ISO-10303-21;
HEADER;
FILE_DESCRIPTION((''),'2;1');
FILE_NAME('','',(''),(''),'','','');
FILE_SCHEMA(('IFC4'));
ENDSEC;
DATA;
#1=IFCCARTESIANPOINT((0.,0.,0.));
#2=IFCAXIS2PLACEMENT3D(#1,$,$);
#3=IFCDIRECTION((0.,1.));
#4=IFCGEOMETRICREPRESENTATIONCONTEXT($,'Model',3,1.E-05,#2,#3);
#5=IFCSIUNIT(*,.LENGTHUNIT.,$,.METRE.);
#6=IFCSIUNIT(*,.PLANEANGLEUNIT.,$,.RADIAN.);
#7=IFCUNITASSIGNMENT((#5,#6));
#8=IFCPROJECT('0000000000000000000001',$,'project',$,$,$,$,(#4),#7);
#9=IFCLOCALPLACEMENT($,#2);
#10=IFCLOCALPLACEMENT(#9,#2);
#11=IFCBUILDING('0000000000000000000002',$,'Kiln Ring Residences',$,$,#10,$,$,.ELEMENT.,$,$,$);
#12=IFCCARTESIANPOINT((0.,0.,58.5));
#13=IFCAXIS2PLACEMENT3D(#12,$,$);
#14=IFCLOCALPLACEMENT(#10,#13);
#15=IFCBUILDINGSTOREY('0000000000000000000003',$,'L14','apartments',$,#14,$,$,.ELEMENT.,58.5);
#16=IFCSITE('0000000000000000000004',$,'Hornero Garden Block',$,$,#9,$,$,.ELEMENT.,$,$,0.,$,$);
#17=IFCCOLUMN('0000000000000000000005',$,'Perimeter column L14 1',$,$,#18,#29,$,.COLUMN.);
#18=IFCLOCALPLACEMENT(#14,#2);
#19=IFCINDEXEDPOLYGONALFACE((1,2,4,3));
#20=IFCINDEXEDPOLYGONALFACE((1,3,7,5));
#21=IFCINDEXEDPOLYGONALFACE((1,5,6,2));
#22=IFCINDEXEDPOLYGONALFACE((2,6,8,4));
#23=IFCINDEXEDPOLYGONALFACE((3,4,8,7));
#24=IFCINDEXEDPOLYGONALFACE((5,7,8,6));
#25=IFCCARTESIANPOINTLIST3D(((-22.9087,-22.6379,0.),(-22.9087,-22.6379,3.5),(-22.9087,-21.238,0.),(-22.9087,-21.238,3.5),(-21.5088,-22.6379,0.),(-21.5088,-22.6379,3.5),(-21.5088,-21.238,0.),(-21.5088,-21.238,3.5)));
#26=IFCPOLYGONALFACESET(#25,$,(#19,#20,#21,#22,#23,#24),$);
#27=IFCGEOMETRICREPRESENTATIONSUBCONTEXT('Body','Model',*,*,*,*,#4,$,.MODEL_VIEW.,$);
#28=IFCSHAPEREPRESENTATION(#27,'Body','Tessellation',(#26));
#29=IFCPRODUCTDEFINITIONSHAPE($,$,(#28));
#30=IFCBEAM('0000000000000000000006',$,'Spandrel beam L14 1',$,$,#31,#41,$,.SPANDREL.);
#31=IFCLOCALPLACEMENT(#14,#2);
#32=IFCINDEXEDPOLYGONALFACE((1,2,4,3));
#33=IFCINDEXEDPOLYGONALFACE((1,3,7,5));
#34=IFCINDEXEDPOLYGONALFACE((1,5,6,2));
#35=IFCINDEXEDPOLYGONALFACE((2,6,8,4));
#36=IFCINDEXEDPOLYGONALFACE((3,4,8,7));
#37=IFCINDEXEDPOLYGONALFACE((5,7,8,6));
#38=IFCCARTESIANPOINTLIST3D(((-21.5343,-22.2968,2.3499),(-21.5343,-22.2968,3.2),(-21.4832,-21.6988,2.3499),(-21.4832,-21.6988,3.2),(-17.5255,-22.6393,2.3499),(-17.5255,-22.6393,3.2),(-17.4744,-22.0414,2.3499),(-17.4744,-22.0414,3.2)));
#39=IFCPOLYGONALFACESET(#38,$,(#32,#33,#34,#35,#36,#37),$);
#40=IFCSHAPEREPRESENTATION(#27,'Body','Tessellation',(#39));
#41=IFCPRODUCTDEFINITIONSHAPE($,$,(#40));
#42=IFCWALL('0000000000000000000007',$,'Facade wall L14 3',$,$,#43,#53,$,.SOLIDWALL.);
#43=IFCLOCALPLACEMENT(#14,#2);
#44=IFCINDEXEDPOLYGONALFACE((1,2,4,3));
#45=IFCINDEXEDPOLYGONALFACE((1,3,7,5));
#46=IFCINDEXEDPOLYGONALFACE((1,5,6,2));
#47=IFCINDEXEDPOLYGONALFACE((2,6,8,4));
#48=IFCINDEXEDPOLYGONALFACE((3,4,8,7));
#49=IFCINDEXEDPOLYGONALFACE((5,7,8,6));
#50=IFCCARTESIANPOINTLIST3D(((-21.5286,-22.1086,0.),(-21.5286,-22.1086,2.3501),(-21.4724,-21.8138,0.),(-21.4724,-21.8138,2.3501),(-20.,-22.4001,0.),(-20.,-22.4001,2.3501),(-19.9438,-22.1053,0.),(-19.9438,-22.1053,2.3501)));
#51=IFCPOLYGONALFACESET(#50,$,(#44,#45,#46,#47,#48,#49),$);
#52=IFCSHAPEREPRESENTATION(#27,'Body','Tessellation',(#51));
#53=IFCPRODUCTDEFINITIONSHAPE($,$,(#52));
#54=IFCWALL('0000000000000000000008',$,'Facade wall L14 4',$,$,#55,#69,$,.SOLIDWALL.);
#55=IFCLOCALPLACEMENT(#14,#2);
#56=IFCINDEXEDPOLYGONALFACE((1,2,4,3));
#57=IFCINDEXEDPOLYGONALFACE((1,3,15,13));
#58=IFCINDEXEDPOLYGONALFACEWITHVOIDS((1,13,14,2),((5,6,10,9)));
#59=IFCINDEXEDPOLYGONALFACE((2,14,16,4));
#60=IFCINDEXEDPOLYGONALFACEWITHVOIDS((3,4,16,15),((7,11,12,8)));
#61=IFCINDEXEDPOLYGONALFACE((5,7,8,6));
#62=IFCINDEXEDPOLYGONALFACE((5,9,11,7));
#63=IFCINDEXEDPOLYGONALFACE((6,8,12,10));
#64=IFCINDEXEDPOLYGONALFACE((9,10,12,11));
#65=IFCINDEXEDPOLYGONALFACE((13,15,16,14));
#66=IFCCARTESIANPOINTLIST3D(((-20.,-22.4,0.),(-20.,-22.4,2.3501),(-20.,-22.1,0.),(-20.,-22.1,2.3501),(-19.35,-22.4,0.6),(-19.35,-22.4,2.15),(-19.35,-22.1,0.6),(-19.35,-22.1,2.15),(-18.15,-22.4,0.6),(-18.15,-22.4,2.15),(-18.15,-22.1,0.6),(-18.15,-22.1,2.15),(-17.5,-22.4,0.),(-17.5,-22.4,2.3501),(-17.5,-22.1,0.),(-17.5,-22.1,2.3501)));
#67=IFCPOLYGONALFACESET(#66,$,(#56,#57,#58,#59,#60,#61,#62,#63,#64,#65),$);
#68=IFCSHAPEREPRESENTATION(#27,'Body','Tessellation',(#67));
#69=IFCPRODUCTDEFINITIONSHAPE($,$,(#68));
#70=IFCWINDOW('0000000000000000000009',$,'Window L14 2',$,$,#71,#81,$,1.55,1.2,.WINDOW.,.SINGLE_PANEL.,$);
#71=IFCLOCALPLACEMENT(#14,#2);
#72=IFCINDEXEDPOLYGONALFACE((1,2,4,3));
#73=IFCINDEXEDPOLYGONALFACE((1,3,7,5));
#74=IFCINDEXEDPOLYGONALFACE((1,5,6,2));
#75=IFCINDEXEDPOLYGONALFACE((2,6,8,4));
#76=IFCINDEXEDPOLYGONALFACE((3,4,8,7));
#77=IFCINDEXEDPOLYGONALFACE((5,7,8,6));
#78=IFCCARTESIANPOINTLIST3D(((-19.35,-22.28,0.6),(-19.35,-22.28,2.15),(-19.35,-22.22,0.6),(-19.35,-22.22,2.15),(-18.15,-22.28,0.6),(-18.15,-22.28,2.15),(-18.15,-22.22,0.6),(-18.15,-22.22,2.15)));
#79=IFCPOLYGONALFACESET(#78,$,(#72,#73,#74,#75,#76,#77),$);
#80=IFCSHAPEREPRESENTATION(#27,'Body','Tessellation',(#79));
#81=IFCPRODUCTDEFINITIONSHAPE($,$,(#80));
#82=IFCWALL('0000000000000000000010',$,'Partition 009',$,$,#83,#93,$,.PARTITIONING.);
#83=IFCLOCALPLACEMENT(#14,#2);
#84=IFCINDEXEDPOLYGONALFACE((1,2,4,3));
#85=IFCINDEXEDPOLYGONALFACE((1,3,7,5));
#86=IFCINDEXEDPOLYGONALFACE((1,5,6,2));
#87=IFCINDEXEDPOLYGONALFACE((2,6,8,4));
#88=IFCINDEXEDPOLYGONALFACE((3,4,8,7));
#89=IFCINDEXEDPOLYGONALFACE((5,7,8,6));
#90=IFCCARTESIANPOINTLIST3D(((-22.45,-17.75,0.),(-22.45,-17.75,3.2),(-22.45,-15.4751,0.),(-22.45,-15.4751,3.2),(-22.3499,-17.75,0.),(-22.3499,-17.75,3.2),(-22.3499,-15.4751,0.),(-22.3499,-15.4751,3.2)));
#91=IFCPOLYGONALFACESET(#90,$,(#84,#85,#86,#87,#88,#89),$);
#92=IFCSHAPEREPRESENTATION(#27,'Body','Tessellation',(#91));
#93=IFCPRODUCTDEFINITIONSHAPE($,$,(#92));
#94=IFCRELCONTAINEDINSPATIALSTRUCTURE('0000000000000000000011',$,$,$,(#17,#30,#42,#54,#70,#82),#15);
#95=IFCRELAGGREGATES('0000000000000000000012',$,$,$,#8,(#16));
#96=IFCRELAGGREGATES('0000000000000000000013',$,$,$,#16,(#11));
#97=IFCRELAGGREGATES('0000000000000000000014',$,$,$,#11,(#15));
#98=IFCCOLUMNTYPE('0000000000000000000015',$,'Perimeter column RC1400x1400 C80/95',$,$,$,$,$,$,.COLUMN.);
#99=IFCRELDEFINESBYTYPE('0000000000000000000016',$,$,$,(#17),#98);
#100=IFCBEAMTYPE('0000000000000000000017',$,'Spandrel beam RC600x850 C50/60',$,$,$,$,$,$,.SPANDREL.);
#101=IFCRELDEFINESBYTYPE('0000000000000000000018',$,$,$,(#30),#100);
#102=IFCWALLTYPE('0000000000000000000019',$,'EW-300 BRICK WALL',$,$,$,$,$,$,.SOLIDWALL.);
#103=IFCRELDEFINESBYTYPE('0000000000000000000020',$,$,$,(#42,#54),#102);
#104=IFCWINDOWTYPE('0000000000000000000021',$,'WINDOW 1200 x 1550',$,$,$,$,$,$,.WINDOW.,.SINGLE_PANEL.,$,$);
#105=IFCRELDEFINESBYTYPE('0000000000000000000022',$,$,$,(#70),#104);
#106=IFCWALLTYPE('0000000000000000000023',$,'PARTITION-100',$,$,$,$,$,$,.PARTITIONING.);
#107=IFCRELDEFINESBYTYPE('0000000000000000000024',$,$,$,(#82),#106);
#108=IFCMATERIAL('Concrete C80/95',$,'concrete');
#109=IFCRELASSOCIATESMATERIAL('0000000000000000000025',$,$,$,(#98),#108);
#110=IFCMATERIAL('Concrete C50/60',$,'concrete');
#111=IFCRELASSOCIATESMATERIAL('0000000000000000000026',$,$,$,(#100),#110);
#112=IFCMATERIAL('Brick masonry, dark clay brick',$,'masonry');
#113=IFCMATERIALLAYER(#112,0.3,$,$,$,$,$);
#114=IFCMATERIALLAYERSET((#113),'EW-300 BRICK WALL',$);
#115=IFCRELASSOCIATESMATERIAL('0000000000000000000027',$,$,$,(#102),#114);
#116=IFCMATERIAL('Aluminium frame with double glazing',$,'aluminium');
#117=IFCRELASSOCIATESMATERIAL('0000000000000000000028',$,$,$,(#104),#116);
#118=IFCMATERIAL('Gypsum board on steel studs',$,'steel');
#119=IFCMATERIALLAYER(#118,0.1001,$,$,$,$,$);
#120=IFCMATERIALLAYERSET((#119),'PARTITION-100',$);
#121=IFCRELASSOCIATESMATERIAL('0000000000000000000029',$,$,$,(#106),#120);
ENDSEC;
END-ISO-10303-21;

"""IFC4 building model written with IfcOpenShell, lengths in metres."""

from ifc_helpers import new_model, si_unit, direction, frame, frame_2d, origin, origin_2d, place, context, subcontext, project, spatial, rectangle, extrude, material, layer, layer_set, material_profile, profile_set, type_object, element, fill, save


model = new_model("IFC4")

# Units and contexts
model_context = context("Model", 3, precision=1e-05, world=origin(), true_north=direction((0.0, 1.0)))
body_context = subcontext(model_context, "Body", "Model", "MODEL_VIEW")
ifc_project = project(units=[si_unit("LENGTHUNIT", "METRE"), si_unit("PLANEANGLEUNIT", "RADIAN")], contexts=[model_context])

# Site, building, storey
site_placement = place(None, origin())
site = spatial("IfcSite", under=ifc_project, at=site_placement, Name="Hornero Garden Block", CompositionType="ELEMENT", RefElevation=0.0)
building_placement = place(site_placement, origin())
building = spatial("IfcBuilding", under=site, at=building_placement, Name="Kiln Ring Residences", CompositionType="ELEMENT")
storey_placement = place(building_placement, frame((0.0, 0.0, 58.5)))
storey = spatial("IfcBuildingStorey", under=building, at=storey_placement, Name="L14", Description="apartments", CompositionType="ELEMENT", Elevation=58.5)

# Column
ifc_material_1 = material(Name="Concrete C80/95", Category="concrete")
ifc_material_profile_1 = material_profile(ifc_material_1, rectangle(XDim=1.3999, YDim=1.3999, at=origin_2d()), Name="RC1400x1400")
ifc_profile_set_1 = profile_set([ifc_material_profile_1], Name="Concrete C80/95")
column_type = type_object("IfcColumnType", Name="Perimeter column RC1400x1400 C80/95", PredefinedType="COLUMN", material=ifc_profile_set_1)
column_placement = place(storey_placement, frame((-22.2087, -21.938, 0.0), z_axis=(0.0, 0.0, 1.0), x_axis=(1.0, 0.0, 0.0)))
element("IfcColumn", 1, at=column_placement, inside=storey, type_object=column_type, Name="Perimeter column L14 1", PredefinedType="COLUMN", context=body_context, shape_type="SweptSolid", body=[
    extrude(rectangle(XDim=1.3999, YDim=1.3999, at=origin_2d()), origin(), (0.0, 0.0, 1.0), 3.5),
])

# Beam
ifc_material_2 = material(Name="Concrete C50/60", Category="concrete")
ifc_material_profile_2 = material_profile(ifc_material_2, rectangle(XDim=0.6001, YDim=0.8501, at=origin_2d()), Name="RC600x850")
ifc_profile_set_2 = profile_set([ifc_material_profile_2], Name="Concrete C50/60")
beam_type = type_object("IfcBeamType", Name="Spandrel beam RC600x850 C50/60", PredefinedType="SPANDREL", material=ifc_profile_set_2)
beam_placement = place(storey_placement, frame((-21.5088, -21.9978, 2.7749), z_axis=(0.996369, -0.085134, 0.0), x_axis=(0.085134, 0.996369, 0.0)))
element("IfcBeam", 2, at=beam_placement, inside=storey, type_object=beam_type, Name="Spandrel beam L14 1", PredefinedType="SPANDREL", context=body_context, shape_type="SweptSolid", body=[
    extrude(rectangle(XDim=0.6001, YDim=0.8501, at=origin_2d()), origin(), (0.0, 0.0, 1.0), 4.0234),
])

# Wall
ifc_material_3 = material(Name="Brick masonry, dark clay brick", Category="masonry")
ifc_layer_1 = layer(ifc_material_3, 0.3)
ifc_layer_set_1 = layer_set([ifc_layer_1], Name="EW-300 BRICK WALL")
wall_type_1 = type_object("IfcWallType", Name="EW-300 BRICK WALL", PredefinedType="SOLIDWALL", material=ifc_layer_set_1)
wall_1_placement = place(storey_placement, frame((-21.5005, -21.9612, 0.0), z_axis=(0.0, 0.0, 1.0), x_axis=(0.982297, -0.187328, 0.0)))
element("IfcWall", 3, at=wall_1_placement, inside=storey, type_object=wall_type_1, Name="Facade wall L14 3", PredefinedType="SOLIDWALL", context=body_context, shape_type="SweptSolid", body=[
    extrude(rectangle(XDim=1.5562, YDim=0.3, at=frame_2d((0.7781, 0.0))), origin(), (0.0, 0.0, 1.0), 2.3501),
])

# Wall, opening, window
wall_2_placement = place(storey_placement, frame((-20.0, -22.25, 0.0), z_axis=(0.0, 0.0, 1.0), x_axis=(1.0, 0.0, 0.0)))
wall_2 = element("IfcWall", 4, at=wall_2_placement, inside=storey, type_object=wall_type_1, Name="Facade wall L14 4", PredefinedType="SOLIDWALL", context=body_context, shape_type="SweptSolid", body=[
    extrude(rectangle(XDim=2.5, YDim=0.3, at=frame_2d((1.25, 0.0))), origin(), (0.0, 0.0, 1.0), 2.3501),
])
opening_placement = place(wall_2_placement, frame((0.6499, 0.0, 0.6001)))
opening = element("IfcOpeningElement", 5, at=opening_placement, cuts=wall_2, PredefinedType="OPENING", context=body_context, shape_type="SweptSolid", body=[
    extrude(rectangle(XDim=1.2, YDim=1.55, at=frame_2d((0.6001, 0.7749))), frame((0.0, 0.1599, 0.0), z_axis=(0.0, -1.0, 0.0), x_axis=(1.0, 0.0, 0.0)), (0.0, 0.0, 1.0), 0.3201),
])
ifc_material_4 = material(Name="Aluminium frame with double glazing", Category="aluminium")
window_type = type_object("IfcWindowType", Name="WINDOW 1200 x 1550", PartitioningType="SINGLE_PANEL", PredefinedType="WINDOW", material=ifc_material_4)
window_placement = place(opening_placement, origin())
window = element("IfcWindow", 6, at=window_placement, inside=storey, type_object=window_type, Name="Window L14 2", OverallHeight=1.55, OverallWidth=1.2, PartitioningType="SINGLE_PANEL", PredefinedType="WINDOW", context=body_context, shape_type="SweptSolid", body=[
    extrude(rectangle(XDim=1.2, YDim=1.55, at=frame_2d((0.6001, 0.7749))), frame((0.0, 0.03, 0.0), z_axis=(0.0, -1.0, 0.0), x_axis=(1.0, 0.0, 0.0)), (0.0, 0.0, 1.0), 0.0601),
])
fill(opening, window)

# Wall
ifc_material_5 = material(Name="Gypsum board on steel studs", Category="steel")
ifc_layer_2 = layer(ifc_material_5, 0.1001)
ifc_layer_set_2 = layer_set([ifc_layer_2], Name="PARTITION-100")
wall_type_2 = type_object("IfcWallType", Name="PARTITION-100", PredefinedType="PARTITIONING", material=ifc_layer_set_2)
wall_3_placement = place(storey_placement, frame((-22.3999, -17.75, 0.0), z_axis=(0.0, 0.0, 1.0), x_axis=(0.0, 1.0, 0.0)))
element("IfcWall", 7, at=wall_3_placement, inside=storey, type_object=wall_type_2, Name="Partition 009", PredefinedType="PARTITIONING", context=body_context, shape_type="SweptSolid", body=[
    extrude(rectangle(XDim=2.2749, YDim=0.1001, at=frame_2d((1.1375, 0.0))), origin(), (0.0, 0.0, 1.0), 3.2),
])

save(model, "model.ifc")
